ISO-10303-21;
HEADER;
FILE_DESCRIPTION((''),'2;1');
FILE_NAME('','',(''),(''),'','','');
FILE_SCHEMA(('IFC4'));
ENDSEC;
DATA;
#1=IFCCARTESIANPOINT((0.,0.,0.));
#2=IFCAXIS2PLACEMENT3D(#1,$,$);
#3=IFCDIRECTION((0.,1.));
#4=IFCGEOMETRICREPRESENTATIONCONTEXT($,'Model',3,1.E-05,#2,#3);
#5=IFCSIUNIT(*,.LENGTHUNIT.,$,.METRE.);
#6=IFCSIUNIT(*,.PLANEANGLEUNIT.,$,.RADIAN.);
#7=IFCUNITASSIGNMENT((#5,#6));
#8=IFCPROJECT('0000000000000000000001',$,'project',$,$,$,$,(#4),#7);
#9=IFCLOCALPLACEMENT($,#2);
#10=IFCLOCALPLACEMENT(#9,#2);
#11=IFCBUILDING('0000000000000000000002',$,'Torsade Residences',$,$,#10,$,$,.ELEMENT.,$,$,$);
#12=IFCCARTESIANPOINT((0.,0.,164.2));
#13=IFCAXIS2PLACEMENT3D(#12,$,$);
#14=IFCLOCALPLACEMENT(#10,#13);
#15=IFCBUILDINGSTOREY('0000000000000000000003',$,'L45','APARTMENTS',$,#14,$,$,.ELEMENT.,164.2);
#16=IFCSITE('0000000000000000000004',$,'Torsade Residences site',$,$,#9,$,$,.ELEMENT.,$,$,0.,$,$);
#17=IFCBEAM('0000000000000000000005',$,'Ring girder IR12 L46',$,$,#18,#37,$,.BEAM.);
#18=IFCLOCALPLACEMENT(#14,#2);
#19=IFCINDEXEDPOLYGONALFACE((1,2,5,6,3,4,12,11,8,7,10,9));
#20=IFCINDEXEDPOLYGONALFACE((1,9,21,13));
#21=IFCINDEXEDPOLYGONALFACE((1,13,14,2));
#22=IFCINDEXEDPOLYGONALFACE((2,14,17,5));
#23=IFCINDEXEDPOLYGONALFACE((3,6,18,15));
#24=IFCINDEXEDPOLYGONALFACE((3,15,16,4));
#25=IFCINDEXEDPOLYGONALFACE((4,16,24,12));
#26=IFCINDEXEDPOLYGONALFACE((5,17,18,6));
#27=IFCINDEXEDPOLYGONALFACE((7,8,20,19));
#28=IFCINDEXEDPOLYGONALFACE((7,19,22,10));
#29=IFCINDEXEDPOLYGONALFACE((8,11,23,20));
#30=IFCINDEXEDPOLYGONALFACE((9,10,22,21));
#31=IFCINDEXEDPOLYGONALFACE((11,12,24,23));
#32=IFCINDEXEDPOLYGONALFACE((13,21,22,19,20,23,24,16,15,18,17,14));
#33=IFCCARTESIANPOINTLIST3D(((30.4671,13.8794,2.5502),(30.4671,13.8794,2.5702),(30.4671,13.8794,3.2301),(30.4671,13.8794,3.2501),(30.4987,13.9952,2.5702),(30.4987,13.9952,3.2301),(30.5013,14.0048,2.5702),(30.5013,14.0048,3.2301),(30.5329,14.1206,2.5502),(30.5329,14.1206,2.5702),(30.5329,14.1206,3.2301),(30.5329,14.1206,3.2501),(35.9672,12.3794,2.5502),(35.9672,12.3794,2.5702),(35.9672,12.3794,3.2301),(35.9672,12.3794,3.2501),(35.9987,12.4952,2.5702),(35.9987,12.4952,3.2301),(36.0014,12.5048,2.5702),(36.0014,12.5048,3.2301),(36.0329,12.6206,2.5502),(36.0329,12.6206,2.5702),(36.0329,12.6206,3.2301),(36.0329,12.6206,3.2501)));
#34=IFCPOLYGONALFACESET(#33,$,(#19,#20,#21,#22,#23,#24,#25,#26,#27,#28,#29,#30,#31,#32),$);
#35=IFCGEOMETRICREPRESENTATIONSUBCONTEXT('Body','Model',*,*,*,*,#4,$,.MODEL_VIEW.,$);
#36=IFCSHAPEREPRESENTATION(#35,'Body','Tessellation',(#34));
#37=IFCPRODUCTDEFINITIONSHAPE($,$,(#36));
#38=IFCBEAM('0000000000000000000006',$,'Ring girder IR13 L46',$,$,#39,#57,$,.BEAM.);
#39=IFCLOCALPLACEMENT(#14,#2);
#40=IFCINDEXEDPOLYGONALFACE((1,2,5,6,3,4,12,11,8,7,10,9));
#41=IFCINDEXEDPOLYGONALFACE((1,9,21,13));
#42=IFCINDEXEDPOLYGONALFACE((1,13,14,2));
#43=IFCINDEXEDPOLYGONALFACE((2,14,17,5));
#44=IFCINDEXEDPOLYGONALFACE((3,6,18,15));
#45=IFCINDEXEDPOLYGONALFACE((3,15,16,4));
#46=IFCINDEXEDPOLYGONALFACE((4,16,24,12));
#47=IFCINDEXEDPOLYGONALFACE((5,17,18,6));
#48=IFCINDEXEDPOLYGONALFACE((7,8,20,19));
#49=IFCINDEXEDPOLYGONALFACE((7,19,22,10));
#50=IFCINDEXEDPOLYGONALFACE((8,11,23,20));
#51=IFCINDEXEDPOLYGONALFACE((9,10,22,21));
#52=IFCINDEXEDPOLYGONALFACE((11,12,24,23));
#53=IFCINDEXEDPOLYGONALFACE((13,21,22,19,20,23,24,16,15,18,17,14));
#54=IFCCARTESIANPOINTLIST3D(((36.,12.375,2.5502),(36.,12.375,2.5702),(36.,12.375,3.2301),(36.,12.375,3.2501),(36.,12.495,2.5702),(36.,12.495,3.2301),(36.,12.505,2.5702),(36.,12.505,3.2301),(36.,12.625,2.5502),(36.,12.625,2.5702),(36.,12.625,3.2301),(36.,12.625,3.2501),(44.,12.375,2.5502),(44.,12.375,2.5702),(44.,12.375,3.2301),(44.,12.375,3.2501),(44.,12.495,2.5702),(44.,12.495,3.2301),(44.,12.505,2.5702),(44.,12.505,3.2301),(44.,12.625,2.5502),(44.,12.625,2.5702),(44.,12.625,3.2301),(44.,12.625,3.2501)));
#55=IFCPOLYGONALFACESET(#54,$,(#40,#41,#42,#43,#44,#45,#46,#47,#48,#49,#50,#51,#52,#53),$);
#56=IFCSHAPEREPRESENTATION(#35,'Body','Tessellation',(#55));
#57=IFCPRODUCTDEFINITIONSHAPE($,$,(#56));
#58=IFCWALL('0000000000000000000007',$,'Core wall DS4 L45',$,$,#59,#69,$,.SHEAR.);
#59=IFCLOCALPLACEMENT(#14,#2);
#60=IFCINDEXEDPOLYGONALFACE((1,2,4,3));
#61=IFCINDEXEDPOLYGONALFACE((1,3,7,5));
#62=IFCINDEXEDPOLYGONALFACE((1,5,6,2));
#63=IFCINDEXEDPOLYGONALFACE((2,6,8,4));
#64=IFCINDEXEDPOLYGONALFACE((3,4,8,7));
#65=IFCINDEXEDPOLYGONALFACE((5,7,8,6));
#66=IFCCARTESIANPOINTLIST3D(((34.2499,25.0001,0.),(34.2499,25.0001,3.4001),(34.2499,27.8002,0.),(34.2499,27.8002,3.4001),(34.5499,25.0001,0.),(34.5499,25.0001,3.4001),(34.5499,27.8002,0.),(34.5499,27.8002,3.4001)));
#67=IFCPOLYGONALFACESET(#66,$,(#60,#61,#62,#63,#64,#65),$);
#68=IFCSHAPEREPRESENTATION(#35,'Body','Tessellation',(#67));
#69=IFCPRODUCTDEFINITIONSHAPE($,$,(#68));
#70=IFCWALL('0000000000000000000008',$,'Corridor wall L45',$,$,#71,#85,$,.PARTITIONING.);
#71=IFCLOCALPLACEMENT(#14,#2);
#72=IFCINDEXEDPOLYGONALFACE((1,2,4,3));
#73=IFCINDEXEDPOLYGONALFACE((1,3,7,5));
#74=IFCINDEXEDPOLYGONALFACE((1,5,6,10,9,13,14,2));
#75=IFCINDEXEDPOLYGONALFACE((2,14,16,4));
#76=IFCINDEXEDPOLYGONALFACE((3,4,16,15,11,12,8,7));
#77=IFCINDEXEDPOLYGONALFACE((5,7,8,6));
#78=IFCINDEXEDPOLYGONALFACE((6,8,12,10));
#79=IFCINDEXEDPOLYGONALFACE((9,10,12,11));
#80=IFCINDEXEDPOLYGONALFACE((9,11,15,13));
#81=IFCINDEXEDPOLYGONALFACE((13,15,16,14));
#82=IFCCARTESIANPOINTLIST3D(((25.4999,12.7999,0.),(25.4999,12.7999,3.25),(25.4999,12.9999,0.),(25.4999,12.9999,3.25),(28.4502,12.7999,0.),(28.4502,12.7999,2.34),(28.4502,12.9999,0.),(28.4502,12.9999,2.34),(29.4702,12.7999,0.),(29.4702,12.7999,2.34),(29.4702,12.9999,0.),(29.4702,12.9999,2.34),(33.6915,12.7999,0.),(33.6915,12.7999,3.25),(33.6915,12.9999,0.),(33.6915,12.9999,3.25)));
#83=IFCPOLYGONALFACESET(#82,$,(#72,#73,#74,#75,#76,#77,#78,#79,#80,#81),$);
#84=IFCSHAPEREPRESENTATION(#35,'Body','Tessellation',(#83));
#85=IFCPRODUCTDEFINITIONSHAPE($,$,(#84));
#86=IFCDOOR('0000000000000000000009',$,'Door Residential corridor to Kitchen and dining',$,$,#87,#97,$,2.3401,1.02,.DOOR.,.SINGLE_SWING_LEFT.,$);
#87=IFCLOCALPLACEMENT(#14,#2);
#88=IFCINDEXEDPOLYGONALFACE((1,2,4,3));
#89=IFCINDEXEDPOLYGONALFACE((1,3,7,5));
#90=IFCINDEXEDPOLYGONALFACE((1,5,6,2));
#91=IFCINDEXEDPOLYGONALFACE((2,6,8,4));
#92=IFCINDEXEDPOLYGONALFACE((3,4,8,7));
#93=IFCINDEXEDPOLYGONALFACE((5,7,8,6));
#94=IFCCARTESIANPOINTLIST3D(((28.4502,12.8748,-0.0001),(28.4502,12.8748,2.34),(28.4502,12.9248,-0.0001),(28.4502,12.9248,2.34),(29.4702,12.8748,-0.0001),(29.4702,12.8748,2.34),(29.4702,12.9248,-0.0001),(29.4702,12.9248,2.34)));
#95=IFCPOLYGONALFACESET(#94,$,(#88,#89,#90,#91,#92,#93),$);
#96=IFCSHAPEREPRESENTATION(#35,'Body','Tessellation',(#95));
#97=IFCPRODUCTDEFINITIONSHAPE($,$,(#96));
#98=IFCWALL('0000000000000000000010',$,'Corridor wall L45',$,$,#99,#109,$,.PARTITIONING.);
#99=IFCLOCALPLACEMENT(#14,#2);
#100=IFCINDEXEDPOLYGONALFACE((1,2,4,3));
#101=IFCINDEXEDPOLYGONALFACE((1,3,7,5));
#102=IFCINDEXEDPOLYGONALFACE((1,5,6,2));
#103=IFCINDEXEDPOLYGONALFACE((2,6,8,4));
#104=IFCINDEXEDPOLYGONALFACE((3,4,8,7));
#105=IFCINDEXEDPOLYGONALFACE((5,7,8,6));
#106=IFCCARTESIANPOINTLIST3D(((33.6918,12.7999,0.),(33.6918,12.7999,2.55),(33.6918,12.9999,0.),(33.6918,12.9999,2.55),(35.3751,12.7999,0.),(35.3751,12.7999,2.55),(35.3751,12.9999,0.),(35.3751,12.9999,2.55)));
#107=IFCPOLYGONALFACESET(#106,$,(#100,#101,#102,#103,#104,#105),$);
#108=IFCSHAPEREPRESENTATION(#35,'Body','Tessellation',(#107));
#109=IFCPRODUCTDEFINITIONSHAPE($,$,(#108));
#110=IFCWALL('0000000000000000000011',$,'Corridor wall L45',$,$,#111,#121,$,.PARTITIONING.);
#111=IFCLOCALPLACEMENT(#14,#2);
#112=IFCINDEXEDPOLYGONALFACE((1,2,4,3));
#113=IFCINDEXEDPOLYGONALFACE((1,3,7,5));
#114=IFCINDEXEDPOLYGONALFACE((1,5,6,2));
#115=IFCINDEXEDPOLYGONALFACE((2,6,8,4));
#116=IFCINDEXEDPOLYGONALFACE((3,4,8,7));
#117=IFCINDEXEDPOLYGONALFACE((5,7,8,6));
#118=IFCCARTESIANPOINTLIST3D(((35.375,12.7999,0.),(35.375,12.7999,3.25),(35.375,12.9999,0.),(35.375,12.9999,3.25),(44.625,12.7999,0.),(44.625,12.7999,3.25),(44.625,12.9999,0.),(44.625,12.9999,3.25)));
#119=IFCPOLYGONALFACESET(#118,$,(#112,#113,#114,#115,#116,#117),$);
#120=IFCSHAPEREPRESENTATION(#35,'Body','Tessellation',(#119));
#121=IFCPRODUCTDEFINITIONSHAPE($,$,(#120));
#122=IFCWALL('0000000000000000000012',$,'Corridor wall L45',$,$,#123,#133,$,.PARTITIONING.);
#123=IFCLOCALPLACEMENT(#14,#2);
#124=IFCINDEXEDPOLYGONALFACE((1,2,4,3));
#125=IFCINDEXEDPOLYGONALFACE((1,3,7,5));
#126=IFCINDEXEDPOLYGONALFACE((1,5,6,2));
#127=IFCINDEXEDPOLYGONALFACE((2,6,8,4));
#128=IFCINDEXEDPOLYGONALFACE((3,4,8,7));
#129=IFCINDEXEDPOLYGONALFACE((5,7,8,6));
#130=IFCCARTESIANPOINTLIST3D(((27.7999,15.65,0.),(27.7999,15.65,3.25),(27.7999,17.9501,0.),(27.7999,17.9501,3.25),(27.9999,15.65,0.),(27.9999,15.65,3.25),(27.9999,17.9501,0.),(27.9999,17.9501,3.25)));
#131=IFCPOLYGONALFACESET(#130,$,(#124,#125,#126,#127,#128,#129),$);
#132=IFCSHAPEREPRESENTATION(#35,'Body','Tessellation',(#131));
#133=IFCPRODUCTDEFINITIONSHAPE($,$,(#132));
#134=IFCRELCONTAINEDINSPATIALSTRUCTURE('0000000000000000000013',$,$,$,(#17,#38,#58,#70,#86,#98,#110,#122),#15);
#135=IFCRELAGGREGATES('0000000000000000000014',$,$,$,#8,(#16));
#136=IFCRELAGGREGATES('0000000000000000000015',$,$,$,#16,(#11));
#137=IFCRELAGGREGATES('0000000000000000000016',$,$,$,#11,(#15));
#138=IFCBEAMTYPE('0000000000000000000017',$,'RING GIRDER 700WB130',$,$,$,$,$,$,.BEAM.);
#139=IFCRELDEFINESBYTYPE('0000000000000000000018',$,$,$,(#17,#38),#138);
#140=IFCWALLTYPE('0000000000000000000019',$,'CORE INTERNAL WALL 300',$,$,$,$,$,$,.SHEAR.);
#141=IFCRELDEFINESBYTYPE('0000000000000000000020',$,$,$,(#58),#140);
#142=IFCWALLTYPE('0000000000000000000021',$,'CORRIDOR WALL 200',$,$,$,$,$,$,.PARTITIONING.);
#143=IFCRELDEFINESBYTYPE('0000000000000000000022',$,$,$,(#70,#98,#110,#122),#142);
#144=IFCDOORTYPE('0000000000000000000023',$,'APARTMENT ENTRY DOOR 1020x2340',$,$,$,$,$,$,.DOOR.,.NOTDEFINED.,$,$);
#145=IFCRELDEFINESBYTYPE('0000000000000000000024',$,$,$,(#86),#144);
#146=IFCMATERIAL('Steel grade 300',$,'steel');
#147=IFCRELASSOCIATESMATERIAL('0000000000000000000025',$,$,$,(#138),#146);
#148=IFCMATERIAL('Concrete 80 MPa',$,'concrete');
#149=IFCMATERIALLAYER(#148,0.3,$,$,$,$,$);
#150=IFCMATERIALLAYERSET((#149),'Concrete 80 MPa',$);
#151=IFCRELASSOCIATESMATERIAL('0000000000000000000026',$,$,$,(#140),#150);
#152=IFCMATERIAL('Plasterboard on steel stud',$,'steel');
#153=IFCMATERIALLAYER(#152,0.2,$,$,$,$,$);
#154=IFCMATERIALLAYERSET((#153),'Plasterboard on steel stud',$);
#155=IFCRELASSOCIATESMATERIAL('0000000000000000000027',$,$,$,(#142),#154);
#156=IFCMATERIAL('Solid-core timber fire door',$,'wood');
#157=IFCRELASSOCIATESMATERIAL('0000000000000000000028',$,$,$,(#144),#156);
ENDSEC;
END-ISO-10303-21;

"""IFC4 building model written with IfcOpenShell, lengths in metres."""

from ifc_helpers import new_model, si_unit, direction, frame, frame_2d, origin, origin_2d, place, context, subcontext, project, spatial, rectangle, i_section, extrude, material, layer, layer_set, material_profile, profile_set, type_object, element, fill, save


model = new_model("IFC4")

# Units and contexts
model_context = context("Model", 3, precision=1e-05, world=origin(), true_north=direction((0.0, 1.0)))
body_context = subcontext(model_context, "Body", "Model", "MODEL_VIEW")
ifc_project = project(units=[si_unit("LENGTHUNIT", "METRE"), si_unit("PLANEANGLEUNIT", "RADIAN")], contexts=[model_context])

# Site, building, storey
site_placement = place(None, origin())
site = spatial("IfcSite", under=ifc_project, at=site_placement, Name="Torsade Residences site", CompositionType="ELEMENT", RefElevation=0.0)
building_placement = place(site_placement, origin())
building = spatial("IfcBuilding", under=site, at=building_placement, Name="Torsade Residences", CompositionType="ELEMENT")
storey_placement = place(building_placement, frame((0.0, 0.0, 164.2)))
storey = spatial("IfcBuildingStorey", under=building, at=storey_placement, Name="L45", Description="APARTMENTS", CompositionType="ELEMENT", Elevation=164.2)

# Beams
ifc_material_1 = material(Name="Steel grade 300", Category="steel")
ifc_material_profile_1 = material_profile(ifc_material_1, i_section(OverallWidth=0.25, OverallDepth=0.7, WebThickness=0.01, FlangeThickness=0.02, at=origin_2d()), Name="700WB130")
ifc_profile_set_1 = profile_set([ifc_material_profile_1], Name="Steel grade 300")
beam_type_1 = type_object("IfcBeamType", Name="RING GIRDER 700WB130", PredefinedType="BEAM", material=ifc_profile_set_1)
beam_1_placement = place(storey_placement, frame((30.5, 14.0, 2.9001), z_axis=(0.964764, -0.263117, 0.0), x_axis=(0.263117, 0.964764, 0.0)))
element("IfcBeam", 1, at=beam_1_placement, inside=storey, type_object=beam_type_1, Name="Ring girder IR12 L46", PredefinedType="BEAM", context=body_context, shape_type="SweptSolid", body=[
    extrude(i_section(OverallWidth=0.25, OverallDepth=0.7, WebThickness=0.01, FlangeThickness=0.02, at=origin_2d()), origin(), (0.0, 0.0, 1.0), 5.7009),
])
beam_2_placement = place(storey_placement, frame((36.0, 12.5, 2.9001), z_axis=(1.0, 0.0, 0.0), x_axis=(0.0, 1.0, 0.0)))
element("IfcBeam", 2, at=beam_2_placement, inside=storey, type_object=beam_type_1, Name="Ring girder IR13 L46", PredefinedType="BEAM", context=body_context, shape_type="SweptSolid", body=[
    extrude(i_section(OverallWidth=0.25, OverallDepth=0.7, WebThickness=0.01, FlangeThickness=0.02, at=origin_2d()), origin(), (0.0, 0.0, 1.0), 8.0),
])

# Wall
ifc_material_2 = material(Name="Concrete 80 MPa", Category="concrete")
ifc_layer_1 = layer(ifc_material_2, 0.3)
ifc_layer_set_1 = layer_set([ifc_layer_1], Name="Concrete 80 MPa")
wall_type_1 = type_object("IfcWallType", Name="CORE INTERNAL WALL 300", PredefinedType="SHEAR", material=ifc_layer_set_1)
wall_1_placement = place(storey_placement, frame((34.3999, 27.8, 0.0), z_axis=(0.0, 0.0, 1.0), x_axis=(0.0, -1.0, 0.0)))
element("IfcWall", 3, at=wall_1_placement, inside=storey, type_object=wall_type_1, Name="Core wall DS4 L45", PredefinedType="SHEAR", context=body_context, shape_type="SweptSolid", body=[
    extrude(rectangle(XDim=2.8, YDim=0.3, at=frame_2d((1.3999, 0.0))), origin(), (0.0, 0.0, 1.0), 3.4001),
])

# Wall, opening, door
ifc_material_3 = material(Name="Plasterboard on steel stud", Category="steel")
ifc_layer_2 = layer(ifc_material_3, 0.2)
ifc_layer_set_2 = layer_set([ifc_layer_2], Name="Plasterboard on steel stud")
wall_type_2 = type_object("IfcWallType", Name="CORRIDOR WALL 200", PredefinedType="PARTITIONING", material=ifc_layer_set_2)
wall_2_placement = place(storey_placement, frame((25.5, 12.8999, 0.0), z_axis=(0.0, 0.0, 1.0), x_axis=(1.0, 0.0, 0.0)))
wall_2 = element("IfcWall", 4, at=wall_2_placement, inside=storey, type_object=wall_type_2, Name="Corridor wall L45", PredefinedType="PARTITIONING", context=body_context, shape_type="SweptSolid", body=[
    extrude(rectangle(XDim=8.1917, YDim=0.2, at=frame_2d((4.0957, 0.0))), origin(), (0.0, 0.0, 1.0), 3.25),
])
opening_1_placement = place(wall_2_placement, frame((2.9502, 0.0, 0.0)))
opening_1 = element("IfcOpeningElement", 5, at=opening_1_placement, cuts=wall_2, PredefinedType="OPENING", context=body_context, shape_type="SweptSolid", body=[
    extrude(rectangle(XDim=1.02, YDim=2.3401, at=frame_2d((0.51, 1.1699))), frame((0.0, 0.1099, 0.0), z_axis=(0.0, -1.0, 0.0), x_axis=(1.0, 0.0, 0.0)), (0.0, 0.0, 1.0), 0.22),
])
ifc_material_4 = material(Name="Solid-core timber fire door", Category="wood")
door_type_1 = type_object("IfcDoorType", Name="APARTMENT ENTRY DOOR 1020x2340", OperationType="NOTDEFINED", PredefinedType="DOOR", material=ifc_material_4)
door_1_placement = place(opening_1_placement, origin())
door_1 = element("IfcDoor", 6, at=door_1_placement, inside=storey, type_object=door_type_1, Name="Door Residential corridor to Kitchen and dining", OperationType="SINGLE_SWING_LEFT", OverallHeight=2.3401, OverallWidth=1.02, PredefinedType="DOOR", context=body_context, shape_type="SweptSolid", body=[
    extrude(rectangle(XDim=1.02, YDim=2.3401, at=frame_2d((0.51, 1.1699))), frame((0.0, 0.0249, 0.0), z_axis=(0.0, -1.0, 0.0), x_axis=(1.0, 0.0, 0.0)), (0.0, 0.0, 1.0), 0.05),
])
fill(opening_1, door_1)

# Walls
wall_3_placement = place(storey_placement, frame((33.6917, 12.8999, 0.0), z_axis=(0.0, 0.0, 1.0), x_axis=(1.0, 0.0, 0.0)))
element("IfcWall", 7, at=wall_3_placement, inside=storey, type_object=wall_type_2, Name="Corridor wall L45", PredefinedType="PARTITIONING", context=body_context, shape_type="SweptSolid", body=[
    extrude(rectangle(XDim=1.6833, YDim=0.2, at=frame_2d((0.8418, 0.0))), origin(), (0.0, 0.0, 1.0), 2.55),
])
wall_4_placement = place(storey_placement, frame((35.375, 12.8999, 0.0), z_axis=(0.0, 0.0, 1.0), x_axis=(1.0, 0.0, 0.0)))
element("IfcWall", 8, at=wall_4_placement, inside=storey, type_object=wall_type_2, Name="Corridor wall L45", PredefinedType="PARTITIONING", context=body_context, shape_type="SweptSolid", body=[
    extrude(rectangle(XDim=9.25, YDim=0.2, at=frame_2d((4.625, 0.0))), origin(), (0.0, 0.0, 1.0), 3.25),
])
wall_5_placement = place(storey_placement, frame((27.8999, 17.95, 0.0), z_axis=(0.0, 0.0, 1.0), x_axis=(0.0, -1.0, 0.0)))
element("IfcWall", 9, at=wall_5_placement, inside=storey, type_object=wall_type_2, Name="Corridor wall L45", PredefinedType="PARTITIONING", context=body_context, shape_type="SweptSolid", body=[
    extrude(rectangle(XDim=2.3, YDim=0.2, at=frame_2d((1.1499, 0.0))), origin(), (0.0, 0.0, 1.0), 3.25),
])

save(model, "model.ifc")
